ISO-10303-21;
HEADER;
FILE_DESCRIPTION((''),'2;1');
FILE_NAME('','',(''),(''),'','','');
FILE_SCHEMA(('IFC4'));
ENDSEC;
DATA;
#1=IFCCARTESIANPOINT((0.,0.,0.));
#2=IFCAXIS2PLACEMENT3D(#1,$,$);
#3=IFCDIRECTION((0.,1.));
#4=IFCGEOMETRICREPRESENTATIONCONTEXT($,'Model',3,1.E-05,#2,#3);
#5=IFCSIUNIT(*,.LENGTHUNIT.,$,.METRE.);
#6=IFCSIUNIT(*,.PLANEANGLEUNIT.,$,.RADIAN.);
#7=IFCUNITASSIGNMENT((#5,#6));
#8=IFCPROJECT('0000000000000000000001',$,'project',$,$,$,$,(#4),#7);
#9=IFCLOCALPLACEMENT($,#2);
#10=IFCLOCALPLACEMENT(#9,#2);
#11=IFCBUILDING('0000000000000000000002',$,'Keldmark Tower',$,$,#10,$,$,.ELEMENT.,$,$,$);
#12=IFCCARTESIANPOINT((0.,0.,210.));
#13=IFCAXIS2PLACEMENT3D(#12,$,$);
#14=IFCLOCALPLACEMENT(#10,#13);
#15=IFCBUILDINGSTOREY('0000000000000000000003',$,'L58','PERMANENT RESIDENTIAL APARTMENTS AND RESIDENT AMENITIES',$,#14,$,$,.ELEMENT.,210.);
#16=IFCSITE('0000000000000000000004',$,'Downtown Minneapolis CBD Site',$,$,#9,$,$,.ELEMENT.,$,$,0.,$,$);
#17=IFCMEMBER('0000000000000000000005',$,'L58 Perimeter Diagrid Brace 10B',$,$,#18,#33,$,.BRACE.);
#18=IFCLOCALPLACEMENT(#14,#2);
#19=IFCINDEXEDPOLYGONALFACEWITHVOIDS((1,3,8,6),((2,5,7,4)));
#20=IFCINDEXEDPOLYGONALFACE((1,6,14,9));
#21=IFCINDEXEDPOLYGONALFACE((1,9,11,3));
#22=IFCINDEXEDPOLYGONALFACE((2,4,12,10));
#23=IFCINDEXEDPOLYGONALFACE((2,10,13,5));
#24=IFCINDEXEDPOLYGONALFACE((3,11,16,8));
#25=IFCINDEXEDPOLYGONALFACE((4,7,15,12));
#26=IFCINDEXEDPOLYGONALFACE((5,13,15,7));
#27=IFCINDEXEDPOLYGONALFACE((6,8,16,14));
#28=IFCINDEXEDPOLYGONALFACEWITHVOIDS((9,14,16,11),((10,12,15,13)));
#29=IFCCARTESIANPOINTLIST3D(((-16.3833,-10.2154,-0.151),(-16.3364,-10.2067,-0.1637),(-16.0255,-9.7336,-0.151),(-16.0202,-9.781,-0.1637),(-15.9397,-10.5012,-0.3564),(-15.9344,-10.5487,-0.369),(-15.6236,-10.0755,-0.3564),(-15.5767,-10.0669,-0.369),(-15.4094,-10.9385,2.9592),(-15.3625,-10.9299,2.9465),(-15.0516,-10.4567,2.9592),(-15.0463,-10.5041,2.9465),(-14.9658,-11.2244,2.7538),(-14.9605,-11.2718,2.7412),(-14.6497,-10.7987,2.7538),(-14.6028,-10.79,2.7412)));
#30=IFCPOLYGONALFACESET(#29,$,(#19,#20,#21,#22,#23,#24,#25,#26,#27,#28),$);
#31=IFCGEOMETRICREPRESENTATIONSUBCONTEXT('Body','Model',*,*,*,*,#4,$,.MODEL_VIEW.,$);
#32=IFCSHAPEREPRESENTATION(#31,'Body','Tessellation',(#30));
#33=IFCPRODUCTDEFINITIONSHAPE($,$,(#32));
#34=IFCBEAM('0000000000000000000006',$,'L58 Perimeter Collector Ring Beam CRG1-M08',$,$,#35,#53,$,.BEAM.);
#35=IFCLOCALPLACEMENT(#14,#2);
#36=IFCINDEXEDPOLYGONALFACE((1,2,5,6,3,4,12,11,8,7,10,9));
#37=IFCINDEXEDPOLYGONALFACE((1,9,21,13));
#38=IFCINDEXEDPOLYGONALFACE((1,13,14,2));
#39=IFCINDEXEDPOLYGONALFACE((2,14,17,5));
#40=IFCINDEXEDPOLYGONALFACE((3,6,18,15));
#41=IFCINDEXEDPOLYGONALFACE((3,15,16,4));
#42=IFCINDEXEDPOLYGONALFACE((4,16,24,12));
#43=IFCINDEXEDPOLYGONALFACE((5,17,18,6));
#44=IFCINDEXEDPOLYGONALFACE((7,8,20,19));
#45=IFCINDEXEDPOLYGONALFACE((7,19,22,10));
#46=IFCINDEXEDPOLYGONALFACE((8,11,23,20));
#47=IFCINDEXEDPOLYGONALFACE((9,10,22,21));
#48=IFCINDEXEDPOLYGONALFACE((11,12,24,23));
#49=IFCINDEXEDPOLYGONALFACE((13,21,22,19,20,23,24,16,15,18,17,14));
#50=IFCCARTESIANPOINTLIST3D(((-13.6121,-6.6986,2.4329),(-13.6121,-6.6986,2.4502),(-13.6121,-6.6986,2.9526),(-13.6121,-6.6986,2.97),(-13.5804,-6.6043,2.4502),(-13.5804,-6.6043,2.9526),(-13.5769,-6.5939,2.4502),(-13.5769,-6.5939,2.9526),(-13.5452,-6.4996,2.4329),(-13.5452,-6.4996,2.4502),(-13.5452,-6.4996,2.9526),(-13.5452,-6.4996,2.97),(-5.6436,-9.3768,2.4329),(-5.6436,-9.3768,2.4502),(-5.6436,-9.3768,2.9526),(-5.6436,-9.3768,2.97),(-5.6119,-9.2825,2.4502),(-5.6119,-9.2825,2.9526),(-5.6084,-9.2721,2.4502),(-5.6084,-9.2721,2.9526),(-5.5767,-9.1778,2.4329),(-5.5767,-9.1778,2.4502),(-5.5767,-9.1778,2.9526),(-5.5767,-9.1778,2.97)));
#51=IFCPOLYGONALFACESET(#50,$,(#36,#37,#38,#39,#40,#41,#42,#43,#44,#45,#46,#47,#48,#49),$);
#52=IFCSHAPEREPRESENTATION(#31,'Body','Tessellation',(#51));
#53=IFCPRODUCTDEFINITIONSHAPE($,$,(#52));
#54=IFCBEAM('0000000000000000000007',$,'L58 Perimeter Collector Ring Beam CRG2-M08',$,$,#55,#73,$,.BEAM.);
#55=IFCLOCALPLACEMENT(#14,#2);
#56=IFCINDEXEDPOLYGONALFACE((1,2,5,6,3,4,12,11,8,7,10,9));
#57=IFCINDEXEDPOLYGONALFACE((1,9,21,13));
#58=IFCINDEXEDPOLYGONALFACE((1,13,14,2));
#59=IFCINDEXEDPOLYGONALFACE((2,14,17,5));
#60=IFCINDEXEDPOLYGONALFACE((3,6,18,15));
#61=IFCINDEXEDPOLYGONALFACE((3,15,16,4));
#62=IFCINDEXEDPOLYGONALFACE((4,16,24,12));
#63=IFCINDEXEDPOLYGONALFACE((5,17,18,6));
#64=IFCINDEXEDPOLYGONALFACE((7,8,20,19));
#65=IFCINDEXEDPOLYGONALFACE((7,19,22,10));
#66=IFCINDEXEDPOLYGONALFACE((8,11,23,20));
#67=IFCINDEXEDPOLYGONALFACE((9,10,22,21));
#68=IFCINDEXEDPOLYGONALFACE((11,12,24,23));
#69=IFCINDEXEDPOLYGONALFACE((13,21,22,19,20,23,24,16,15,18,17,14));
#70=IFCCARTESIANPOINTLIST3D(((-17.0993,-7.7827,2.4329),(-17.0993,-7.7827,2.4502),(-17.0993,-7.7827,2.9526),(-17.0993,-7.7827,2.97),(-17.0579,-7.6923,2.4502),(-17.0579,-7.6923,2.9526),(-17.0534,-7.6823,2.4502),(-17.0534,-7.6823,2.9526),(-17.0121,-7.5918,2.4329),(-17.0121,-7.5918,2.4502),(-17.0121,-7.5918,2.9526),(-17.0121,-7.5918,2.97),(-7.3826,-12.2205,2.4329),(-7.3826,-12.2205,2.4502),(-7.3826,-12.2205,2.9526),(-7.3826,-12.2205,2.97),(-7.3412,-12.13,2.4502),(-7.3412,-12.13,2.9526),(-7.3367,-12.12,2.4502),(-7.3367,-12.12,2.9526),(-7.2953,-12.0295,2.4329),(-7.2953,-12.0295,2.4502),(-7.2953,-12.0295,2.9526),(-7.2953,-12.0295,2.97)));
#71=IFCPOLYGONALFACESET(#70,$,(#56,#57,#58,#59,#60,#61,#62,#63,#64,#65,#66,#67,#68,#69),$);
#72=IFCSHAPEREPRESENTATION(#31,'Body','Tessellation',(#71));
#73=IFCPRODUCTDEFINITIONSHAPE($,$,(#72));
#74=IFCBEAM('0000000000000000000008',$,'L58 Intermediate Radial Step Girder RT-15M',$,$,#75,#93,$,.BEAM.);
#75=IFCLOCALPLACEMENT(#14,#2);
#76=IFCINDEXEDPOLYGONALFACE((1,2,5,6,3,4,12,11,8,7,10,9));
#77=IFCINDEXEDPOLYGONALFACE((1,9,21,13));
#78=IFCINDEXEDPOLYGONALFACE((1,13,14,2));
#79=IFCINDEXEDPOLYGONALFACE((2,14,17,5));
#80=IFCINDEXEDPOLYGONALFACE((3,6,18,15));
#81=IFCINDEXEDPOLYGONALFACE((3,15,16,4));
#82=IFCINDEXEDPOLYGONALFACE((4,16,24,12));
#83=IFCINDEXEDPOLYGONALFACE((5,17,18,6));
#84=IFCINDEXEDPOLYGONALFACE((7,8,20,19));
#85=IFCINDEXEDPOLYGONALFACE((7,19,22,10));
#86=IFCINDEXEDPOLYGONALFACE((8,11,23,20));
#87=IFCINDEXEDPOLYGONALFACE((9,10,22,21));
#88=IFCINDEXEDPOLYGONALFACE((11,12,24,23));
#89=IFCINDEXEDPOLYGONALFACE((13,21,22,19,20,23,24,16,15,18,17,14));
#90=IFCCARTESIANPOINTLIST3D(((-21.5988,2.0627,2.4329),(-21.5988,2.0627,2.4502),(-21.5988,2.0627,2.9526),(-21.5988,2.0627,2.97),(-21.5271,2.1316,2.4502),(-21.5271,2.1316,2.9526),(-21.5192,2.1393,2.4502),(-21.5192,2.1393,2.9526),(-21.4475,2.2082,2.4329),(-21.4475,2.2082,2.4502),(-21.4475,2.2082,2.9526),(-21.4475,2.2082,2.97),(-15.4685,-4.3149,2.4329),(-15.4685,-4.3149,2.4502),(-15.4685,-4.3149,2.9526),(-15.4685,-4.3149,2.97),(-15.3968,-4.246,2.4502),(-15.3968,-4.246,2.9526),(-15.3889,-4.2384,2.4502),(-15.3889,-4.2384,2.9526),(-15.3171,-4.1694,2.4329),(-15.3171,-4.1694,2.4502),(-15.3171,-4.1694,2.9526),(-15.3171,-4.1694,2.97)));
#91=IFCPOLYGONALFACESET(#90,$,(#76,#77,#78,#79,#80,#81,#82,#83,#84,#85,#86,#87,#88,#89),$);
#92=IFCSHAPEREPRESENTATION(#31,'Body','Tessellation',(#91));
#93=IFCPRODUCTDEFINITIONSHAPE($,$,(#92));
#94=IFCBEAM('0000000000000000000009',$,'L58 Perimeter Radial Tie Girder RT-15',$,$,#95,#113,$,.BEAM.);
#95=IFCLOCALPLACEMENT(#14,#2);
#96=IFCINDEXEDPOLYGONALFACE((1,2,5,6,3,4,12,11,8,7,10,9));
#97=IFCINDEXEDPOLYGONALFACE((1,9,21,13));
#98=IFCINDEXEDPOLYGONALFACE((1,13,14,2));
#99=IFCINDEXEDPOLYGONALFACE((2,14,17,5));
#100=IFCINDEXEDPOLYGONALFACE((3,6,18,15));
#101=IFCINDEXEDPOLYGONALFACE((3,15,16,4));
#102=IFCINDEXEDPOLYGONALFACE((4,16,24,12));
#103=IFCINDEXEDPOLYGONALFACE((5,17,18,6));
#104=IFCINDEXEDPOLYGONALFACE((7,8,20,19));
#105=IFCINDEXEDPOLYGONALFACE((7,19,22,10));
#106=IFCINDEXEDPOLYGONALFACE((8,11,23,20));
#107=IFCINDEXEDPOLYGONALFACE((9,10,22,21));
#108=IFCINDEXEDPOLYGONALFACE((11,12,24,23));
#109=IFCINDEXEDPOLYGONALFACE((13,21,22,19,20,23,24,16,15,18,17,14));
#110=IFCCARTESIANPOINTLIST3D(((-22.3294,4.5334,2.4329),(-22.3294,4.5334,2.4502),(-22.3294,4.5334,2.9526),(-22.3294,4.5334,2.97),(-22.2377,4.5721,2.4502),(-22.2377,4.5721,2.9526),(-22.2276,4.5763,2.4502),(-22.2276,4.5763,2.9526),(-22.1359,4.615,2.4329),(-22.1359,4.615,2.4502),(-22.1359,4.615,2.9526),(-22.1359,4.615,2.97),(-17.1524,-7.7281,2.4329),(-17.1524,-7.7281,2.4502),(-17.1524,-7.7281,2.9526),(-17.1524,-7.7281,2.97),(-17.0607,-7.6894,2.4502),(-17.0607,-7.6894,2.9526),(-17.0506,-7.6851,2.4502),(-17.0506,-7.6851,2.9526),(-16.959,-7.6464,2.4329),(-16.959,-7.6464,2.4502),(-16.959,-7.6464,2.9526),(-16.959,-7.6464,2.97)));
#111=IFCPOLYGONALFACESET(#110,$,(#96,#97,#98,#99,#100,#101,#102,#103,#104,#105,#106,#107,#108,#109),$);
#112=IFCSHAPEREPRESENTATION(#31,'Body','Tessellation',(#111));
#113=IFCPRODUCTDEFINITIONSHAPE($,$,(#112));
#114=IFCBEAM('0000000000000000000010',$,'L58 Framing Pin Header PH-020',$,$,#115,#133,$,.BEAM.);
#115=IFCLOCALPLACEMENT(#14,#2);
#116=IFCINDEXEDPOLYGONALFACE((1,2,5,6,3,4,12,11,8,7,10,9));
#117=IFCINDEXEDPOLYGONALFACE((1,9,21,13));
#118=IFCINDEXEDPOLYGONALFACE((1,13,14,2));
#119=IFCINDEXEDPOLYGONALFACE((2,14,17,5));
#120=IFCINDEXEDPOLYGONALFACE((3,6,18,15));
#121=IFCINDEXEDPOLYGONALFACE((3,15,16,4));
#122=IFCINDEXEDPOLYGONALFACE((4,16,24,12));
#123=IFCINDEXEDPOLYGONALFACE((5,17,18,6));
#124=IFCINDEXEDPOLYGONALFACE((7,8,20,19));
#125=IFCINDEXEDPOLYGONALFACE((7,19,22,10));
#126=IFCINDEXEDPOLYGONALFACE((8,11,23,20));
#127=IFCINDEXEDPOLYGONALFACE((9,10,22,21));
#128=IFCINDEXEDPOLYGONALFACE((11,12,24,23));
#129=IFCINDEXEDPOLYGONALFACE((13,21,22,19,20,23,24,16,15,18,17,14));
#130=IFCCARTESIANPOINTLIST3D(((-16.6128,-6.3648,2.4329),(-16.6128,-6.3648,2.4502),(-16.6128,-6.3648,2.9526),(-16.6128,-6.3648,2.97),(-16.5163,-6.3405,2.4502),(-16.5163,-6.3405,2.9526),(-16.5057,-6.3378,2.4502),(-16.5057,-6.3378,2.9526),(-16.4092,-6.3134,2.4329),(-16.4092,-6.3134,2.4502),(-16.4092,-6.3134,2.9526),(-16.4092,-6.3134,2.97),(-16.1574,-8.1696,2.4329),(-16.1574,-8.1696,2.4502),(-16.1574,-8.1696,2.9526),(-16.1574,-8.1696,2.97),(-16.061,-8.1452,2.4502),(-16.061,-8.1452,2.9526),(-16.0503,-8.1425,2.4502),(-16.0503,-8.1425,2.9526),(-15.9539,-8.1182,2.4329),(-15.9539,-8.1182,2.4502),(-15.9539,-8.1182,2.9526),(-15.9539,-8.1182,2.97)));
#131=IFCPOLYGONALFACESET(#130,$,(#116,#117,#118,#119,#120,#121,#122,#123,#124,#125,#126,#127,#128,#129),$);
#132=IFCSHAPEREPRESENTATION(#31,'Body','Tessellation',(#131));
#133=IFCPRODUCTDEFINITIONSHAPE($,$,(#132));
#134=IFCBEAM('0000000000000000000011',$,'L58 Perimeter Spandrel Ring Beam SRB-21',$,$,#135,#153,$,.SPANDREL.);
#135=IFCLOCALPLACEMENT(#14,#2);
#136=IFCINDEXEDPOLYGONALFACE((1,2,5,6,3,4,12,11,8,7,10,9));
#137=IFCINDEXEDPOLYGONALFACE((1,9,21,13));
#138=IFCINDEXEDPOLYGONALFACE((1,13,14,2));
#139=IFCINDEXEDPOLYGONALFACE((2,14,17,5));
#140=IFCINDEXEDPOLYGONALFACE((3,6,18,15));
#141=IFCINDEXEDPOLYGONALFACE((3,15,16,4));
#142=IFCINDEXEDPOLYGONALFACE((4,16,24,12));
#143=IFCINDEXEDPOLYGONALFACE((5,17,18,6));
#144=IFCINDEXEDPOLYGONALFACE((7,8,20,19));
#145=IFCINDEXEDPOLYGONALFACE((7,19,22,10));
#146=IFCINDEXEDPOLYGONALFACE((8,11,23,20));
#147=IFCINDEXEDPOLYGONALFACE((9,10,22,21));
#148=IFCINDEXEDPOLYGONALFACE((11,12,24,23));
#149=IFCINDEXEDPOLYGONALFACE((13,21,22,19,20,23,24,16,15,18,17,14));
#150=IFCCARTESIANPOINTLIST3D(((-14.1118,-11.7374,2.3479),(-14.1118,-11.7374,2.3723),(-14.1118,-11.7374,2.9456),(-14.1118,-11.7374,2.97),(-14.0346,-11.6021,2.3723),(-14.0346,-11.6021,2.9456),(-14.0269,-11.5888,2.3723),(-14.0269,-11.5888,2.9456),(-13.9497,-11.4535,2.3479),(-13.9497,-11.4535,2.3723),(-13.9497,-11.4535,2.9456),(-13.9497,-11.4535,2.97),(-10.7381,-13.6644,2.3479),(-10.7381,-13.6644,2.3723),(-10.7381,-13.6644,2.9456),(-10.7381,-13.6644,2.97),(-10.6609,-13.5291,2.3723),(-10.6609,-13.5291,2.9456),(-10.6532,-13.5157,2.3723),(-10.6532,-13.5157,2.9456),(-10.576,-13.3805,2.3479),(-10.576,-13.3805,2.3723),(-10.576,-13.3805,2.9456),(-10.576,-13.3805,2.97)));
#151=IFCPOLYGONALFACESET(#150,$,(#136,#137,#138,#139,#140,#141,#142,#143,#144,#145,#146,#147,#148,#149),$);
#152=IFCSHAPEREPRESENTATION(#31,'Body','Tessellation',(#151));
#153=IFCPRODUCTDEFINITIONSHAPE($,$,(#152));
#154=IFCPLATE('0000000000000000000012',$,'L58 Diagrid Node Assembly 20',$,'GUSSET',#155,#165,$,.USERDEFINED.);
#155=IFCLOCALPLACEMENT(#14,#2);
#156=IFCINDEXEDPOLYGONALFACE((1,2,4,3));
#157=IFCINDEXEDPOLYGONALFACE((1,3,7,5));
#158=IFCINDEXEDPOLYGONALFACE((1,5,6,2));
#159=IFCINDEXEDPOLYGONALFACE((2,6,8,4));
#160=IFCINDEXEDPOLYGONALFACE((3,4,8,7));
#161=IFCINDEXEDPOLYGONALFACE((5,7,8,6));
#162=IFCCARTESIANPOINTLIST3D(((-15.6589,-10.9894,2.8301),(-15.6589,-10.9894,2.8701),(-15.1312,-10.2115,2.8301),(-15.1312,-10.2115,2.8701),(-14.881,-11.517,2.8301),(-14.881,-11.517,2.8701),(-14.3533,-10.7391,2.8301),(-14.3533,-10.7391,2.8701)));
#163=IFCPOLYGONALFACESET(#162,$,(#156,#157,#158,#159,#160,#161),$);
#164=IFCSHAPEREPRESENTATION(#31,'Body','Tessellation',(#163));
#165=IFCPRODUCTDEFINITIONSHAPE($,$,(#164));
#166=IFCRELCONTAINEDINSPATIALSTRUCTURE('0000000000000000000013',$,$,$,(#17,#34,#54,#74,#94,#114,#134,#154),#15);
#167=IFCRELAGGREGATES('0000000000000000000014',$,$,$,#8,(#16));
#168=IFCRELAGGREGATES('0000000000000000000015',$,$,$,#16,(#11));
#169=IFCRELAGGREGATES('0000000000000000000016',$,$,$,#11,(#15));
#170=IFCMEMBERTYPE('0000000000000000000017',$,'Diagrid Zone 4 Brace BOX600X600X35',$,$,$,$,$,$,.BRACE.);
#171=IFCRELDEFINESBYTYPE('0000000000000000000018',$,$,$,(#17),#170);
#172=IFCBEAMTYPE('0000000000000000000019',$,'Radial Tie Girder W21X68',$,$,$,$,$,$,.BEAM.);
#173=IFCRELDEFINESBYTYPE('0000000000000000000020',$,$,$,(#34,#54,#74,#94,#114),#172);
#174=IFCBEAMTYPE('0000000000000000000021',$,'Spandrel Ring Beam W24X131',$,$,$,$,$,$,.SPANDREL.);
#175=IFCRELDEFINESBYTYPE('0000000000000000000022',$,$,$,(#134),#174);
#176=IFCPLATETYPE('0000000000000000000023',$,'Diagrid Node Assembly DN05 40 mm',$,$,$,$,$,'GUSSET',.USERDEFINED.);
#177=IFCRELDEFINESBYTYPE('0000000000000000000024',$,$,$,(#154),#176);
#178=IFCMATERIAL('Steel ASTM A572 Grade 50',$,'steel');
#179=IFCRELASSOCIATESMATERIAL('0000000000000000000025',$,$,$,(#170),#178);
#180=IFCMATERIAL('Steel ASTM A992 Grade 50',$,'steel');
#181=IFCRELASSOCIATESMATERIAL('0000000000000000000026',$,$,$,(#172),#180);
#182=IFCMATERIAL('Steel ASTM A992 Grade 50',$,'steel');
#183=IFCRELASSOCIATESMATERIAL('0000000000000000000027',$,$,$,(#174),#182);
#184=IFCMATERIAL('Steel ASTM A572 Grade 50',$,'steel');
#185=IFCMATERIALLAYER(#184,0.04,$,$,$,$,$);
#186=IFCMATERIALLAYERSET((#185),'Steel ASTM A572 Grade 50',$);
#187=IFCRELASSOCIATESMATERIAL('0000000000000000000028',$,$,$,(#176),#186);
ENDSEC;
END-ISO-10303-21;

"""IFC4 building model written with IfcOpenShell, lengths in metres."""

from ifc_helpers import new_model, si_unit, direction, frame, origin, origin_2d, place, context, subcontext, project, spatial, rectangle, hollow_rectangle, i_section, extrude, material, layer, layer_set, material_profile, profile_set, type_object, element, save


model = new_model("IFC4")

# Units and contexts
model_context = context("Model", 3, precision=1e-05, world=origin(), true_north=direction((0.0, 1.0)))
body_context = subcontext(model_context, "Body", "Model", "MODEL_VIEW")
ifc_project = project(units=[si_unit("LENGTHUNIT", "METRE"), si_unit("PLANEANGLEUNIT", "RADIAN")], contexts=[model_context])

# Site, building, storey
site_placement = place(None, origin())
site = spatial("IfcSite", under=ifc_project, at=site_placement, Name="Downtown Minneapolis CBD Site", CompositionType="ELEMENT", RefElevation=0.0)
building_placement = place(site_placement, origin())
building = spatial("IfcBuilding", under=site, at=building_placement, Name="Keldmark Tower", CompositionType="ELEMENT")
storey_placement = place(building_placement, frame((0.0, 0.0, 210.0)))
storey = spatial("IfcBuildingStorey", under=building, at=storey_placement, Name="L58", Description="PERMANENT RESIDENTIAL APARTMENTS AND RESIDENT AMENITIES", CompositionType="ELEMENT", Elevation=210.0)

# Member
ifc_material_1 = material(Name="Steel ASTM A572 Grade 50", Category="steel")
ifc_material_profile_1 = material_profile(ifc_material_1, hollow_rectangle(XDim=0.6001, YDim=0.6001, WallThickness=0.0349, at=origin_2d()), Name="BOX600X600X35")
ifc_profile_set_1 = profile_set([ifc_material_profile_1], Name="Steel ASTM A572 Grade 50")
member_type = type_object("IfcMemberType", Name="Diagrid Zone 4 Brace BOX600X600X35", PredefinedType="BRACE", material=ifc_profile_set_1)
member_placement = place(storey_placement, frame((-15.98, -10.1411, -0.26), z_axis=(0.29173, -0.216622, 0.931648), x_axis=(0.596161, 0.802865, 0.0)))
element("IfcMember", 1, at=member_placement, inside=storey, type_object=member_type, Name="L58 Perimeter Diagrid Brace 10B", PredefinedType="BRACE", context=body_context, shape_type="SweptSolid", body=[
    extrude(hollow_rectangle(XDim=0.6001, YDim=0.6001, WallThickness=0.0349, at=origin_2d()), origin(), (0.0, 0.0, 1.0), 3.3384),
])

# Beams
ifc_material_2 = material(Name="Steel ASTM A992 Grade 50", Category="steel")
ifc_material_profile_2 = material_profile(ifc_material_2, i_section(OverallWidth=0.21, OverallDepth=0.5371, WebThickness=0.011, FlangeThickness=0.0173, at=origin_2d()), Name="W21X68")
ifc_profile_set_2 = profile_set([ifc_material_profile_2], Name="Steel ASTM A992 Grade 50")
beam_type_1 = type_object("IfcBeamType", Name="Radial Tie Girder W21X68", PredefinedType="BEAM", material=ifc_profile_set_2)
beam_1_placement = place(storey_placement, frame((-13.5786, -6.5991, 2.7014), z_axis=(0.947893, -0.318588, 0.0), x_axis=(0.318588, 0.947893, 0.0)))
element("IfcBeam", 2, at=beam_1_placement, inside=storey, type_object=beam_type_1, Name="L58 Perimeter Collector Ring Beam CRG1-M08", PredefinedType="BEAM", context=body_context, shape_type="SweptSolid", body=[
    extrude(i_section(OverallWidth=0.21, OverallDepth=0.5371, WebThickness=0.011, FlangeThickness=0.0173, at=origin_2d()), origin(), (0.0, 0.0, 1.0), 8.4065),
])
beam_2_placement = place(storey_placement, frame((-17.0557, -7.6873, 2.7014), z_axis=(0.909624, -0.415433, 0.0), x_axis=(0.415433, 0.909624, 0.0)))
element("IfcBeam", 3, at=beam_2_placement, inside=storey, type_object=beam_type_1, Name="L58 Perimeter Collector Ring Beam CRG2-M08", PredefinedType="BEAM", context=body_context, shape_type="SweptSolid", body=[
    extrude(i_section(OverallWidth=0.21, OverallDepth=0.5371, WebThickness=0.011, FlangeThickness=0.0173, at=origin_2d()), origin(), (0.0, 0.0, 1.0), 10.6821),
])
beam_3_placement = place(storey_placement, frame((-15.3928, -4.2422, 2.7014), z_axis=(-0.69299, 0.720947, 0.0), x_axis=(-0.720947, -0.69299, 0.0)))
element("IfcBeam", 4, at=beam_3_placement, inside=storey, type_object=beam_type_1, Name="L58 Intermediate Radial Step Girder RT-15M", PredefinedType="BEAM", context=body_context, shape_type="SweptSolid", body=[
    extrude(i_section(OverallWidth=0.21, OverallDepth=0.5371, WebThickness=0.011, FlangeThickness=0.0173, at=origin_2d()), origin(), (0.0, 0.0, 1.0), 8.8462),
])
beam_4_placement = place(storey_placement, frame((-17.0557, -7.6873, 2.7014), z_axis=(-0.388968, 0.921251, 0.0), x_axis=(-0.921251, -0.388968, 0.0)))
element("IfcBeam", 5, at=beam_4_placement, inside=storey, type_object=beam_type_1, Name="L58 Perimeter Radial Tie Girder RT-15", PredefinedType="BEAM", context=body_context, shape_type="SweptSolid", body=[
    extrude(i_section(OverallWidth=0.21, OverallDepth=0.5371, WebThickness=0.011, FlangeThickness=0.0173, at=origin_2d()), origin(), (0.0, 0.0, 1.0), 13.3096),
])
beam_5_placement = place(storey_placement, frame((-16.511, -6.3391, 2.7014), z_axis=(0.244634, -0.969616, 0.0), x_axis=(0.969616, 0.244634, 0.0)))
element("IfcBeam", 6, at=beam_5_placement, inside=storey, type_object=beam_type_1, Name="L58 Framing Pin Header PH-020", PredefinedType="BEAM", context=body_context, shape_type="SweptSolid", body=[
    extrude(i_section(OverallWidth=0.21, OverallDepth=0.5371, WebThickness=0.011, FlangeThickness=0.0173, at=origin_2d()), origin(), (0.0, 0.0, 1.0), 1.8613),
])
ifc_material_3 = material(Name="Steel ASTM A992 Grade 50", Category="steel")
ifc_material_profile_3 = material_profile(ifc_material_3, i_section(OverallWidth=0.3269, OverallDepth=0.6221, WebThickness=0.0154, FlangeThickness=0.0244, at=origin_2d()), Name="W24X131")
ifc_profile_set_3 = profile_set([ifc_material_profile_3], Name="Steel ASTM A992 Grade 50")
beam_type_2 = type_object("IfcBeamType", Name="Spandrel Ring Beam W24X131", PredefinedType="SPANDREL", material=ifc_profile_set_3)
beam_6_placement = place(storey_placement, frame((-14.0308, -11.5955, 2.6589), z_axis=(0.86834, -0.49597, 0.0), x_axis=(0.49597, 0.86834, 0.0)))
element("IfcBeam", 7, at=beam_6_placement, inside=storey, type_object=beam_type_2, Name="L58 Perimeter Spandrel Ring Beam SRB-21", PredefinedType="SPANDREL", context=body_context, shape_type="SweptSolid", body=[
    extrude(i_section(OverallWidth=0.3269, OverallDepth=0.6221, WebThickness=0.0154, FlangeThickness=0.0244, at=origin_2d()), origin(), (0.0, 0.0, 1.0), 3.8853),
])

# Plate
ifc_material_4 = material(Name="Steel ASTM A572 Grade 50", Category="steel")
ifc_layer_1 = layer(ifc_material_4, 0.04)
ifc_layer_set_1 = layer_set([ifc_layer_1], Name="Steel ASTM A572 Grade 50")
plate_type = type_object("IfcPlateType", Name="Diagrid Node Assembly DN05 40 mm", ElementType="GUSSET", PredefinedType="USERDEFINED", material=ifc_layer_set_1)
plate_placement = place(storey_placement, frame((-15.0061, -10.8643, 2.8301), z_axis=(0.0, 0.0, 1.0), x_axis=(0.827571, -0.561361, 0.0)))
element("IfcPlate", 8, at=plate_placement, inside=storey, type_object=plate_type, Name="L58 Diagrid Node Assembly 20", ObjectType="GUSSET", PredefinedType="USERDEFINED", context=body_context, shape_type="SweptSolid", body=[
    extrude(rectangle(XDim=0.9399, YDim=0.9399, at=origin_2d()), origin(), (0.0, 0.0, 1.0), 0.04),
])

save(model, "model.ifc")
